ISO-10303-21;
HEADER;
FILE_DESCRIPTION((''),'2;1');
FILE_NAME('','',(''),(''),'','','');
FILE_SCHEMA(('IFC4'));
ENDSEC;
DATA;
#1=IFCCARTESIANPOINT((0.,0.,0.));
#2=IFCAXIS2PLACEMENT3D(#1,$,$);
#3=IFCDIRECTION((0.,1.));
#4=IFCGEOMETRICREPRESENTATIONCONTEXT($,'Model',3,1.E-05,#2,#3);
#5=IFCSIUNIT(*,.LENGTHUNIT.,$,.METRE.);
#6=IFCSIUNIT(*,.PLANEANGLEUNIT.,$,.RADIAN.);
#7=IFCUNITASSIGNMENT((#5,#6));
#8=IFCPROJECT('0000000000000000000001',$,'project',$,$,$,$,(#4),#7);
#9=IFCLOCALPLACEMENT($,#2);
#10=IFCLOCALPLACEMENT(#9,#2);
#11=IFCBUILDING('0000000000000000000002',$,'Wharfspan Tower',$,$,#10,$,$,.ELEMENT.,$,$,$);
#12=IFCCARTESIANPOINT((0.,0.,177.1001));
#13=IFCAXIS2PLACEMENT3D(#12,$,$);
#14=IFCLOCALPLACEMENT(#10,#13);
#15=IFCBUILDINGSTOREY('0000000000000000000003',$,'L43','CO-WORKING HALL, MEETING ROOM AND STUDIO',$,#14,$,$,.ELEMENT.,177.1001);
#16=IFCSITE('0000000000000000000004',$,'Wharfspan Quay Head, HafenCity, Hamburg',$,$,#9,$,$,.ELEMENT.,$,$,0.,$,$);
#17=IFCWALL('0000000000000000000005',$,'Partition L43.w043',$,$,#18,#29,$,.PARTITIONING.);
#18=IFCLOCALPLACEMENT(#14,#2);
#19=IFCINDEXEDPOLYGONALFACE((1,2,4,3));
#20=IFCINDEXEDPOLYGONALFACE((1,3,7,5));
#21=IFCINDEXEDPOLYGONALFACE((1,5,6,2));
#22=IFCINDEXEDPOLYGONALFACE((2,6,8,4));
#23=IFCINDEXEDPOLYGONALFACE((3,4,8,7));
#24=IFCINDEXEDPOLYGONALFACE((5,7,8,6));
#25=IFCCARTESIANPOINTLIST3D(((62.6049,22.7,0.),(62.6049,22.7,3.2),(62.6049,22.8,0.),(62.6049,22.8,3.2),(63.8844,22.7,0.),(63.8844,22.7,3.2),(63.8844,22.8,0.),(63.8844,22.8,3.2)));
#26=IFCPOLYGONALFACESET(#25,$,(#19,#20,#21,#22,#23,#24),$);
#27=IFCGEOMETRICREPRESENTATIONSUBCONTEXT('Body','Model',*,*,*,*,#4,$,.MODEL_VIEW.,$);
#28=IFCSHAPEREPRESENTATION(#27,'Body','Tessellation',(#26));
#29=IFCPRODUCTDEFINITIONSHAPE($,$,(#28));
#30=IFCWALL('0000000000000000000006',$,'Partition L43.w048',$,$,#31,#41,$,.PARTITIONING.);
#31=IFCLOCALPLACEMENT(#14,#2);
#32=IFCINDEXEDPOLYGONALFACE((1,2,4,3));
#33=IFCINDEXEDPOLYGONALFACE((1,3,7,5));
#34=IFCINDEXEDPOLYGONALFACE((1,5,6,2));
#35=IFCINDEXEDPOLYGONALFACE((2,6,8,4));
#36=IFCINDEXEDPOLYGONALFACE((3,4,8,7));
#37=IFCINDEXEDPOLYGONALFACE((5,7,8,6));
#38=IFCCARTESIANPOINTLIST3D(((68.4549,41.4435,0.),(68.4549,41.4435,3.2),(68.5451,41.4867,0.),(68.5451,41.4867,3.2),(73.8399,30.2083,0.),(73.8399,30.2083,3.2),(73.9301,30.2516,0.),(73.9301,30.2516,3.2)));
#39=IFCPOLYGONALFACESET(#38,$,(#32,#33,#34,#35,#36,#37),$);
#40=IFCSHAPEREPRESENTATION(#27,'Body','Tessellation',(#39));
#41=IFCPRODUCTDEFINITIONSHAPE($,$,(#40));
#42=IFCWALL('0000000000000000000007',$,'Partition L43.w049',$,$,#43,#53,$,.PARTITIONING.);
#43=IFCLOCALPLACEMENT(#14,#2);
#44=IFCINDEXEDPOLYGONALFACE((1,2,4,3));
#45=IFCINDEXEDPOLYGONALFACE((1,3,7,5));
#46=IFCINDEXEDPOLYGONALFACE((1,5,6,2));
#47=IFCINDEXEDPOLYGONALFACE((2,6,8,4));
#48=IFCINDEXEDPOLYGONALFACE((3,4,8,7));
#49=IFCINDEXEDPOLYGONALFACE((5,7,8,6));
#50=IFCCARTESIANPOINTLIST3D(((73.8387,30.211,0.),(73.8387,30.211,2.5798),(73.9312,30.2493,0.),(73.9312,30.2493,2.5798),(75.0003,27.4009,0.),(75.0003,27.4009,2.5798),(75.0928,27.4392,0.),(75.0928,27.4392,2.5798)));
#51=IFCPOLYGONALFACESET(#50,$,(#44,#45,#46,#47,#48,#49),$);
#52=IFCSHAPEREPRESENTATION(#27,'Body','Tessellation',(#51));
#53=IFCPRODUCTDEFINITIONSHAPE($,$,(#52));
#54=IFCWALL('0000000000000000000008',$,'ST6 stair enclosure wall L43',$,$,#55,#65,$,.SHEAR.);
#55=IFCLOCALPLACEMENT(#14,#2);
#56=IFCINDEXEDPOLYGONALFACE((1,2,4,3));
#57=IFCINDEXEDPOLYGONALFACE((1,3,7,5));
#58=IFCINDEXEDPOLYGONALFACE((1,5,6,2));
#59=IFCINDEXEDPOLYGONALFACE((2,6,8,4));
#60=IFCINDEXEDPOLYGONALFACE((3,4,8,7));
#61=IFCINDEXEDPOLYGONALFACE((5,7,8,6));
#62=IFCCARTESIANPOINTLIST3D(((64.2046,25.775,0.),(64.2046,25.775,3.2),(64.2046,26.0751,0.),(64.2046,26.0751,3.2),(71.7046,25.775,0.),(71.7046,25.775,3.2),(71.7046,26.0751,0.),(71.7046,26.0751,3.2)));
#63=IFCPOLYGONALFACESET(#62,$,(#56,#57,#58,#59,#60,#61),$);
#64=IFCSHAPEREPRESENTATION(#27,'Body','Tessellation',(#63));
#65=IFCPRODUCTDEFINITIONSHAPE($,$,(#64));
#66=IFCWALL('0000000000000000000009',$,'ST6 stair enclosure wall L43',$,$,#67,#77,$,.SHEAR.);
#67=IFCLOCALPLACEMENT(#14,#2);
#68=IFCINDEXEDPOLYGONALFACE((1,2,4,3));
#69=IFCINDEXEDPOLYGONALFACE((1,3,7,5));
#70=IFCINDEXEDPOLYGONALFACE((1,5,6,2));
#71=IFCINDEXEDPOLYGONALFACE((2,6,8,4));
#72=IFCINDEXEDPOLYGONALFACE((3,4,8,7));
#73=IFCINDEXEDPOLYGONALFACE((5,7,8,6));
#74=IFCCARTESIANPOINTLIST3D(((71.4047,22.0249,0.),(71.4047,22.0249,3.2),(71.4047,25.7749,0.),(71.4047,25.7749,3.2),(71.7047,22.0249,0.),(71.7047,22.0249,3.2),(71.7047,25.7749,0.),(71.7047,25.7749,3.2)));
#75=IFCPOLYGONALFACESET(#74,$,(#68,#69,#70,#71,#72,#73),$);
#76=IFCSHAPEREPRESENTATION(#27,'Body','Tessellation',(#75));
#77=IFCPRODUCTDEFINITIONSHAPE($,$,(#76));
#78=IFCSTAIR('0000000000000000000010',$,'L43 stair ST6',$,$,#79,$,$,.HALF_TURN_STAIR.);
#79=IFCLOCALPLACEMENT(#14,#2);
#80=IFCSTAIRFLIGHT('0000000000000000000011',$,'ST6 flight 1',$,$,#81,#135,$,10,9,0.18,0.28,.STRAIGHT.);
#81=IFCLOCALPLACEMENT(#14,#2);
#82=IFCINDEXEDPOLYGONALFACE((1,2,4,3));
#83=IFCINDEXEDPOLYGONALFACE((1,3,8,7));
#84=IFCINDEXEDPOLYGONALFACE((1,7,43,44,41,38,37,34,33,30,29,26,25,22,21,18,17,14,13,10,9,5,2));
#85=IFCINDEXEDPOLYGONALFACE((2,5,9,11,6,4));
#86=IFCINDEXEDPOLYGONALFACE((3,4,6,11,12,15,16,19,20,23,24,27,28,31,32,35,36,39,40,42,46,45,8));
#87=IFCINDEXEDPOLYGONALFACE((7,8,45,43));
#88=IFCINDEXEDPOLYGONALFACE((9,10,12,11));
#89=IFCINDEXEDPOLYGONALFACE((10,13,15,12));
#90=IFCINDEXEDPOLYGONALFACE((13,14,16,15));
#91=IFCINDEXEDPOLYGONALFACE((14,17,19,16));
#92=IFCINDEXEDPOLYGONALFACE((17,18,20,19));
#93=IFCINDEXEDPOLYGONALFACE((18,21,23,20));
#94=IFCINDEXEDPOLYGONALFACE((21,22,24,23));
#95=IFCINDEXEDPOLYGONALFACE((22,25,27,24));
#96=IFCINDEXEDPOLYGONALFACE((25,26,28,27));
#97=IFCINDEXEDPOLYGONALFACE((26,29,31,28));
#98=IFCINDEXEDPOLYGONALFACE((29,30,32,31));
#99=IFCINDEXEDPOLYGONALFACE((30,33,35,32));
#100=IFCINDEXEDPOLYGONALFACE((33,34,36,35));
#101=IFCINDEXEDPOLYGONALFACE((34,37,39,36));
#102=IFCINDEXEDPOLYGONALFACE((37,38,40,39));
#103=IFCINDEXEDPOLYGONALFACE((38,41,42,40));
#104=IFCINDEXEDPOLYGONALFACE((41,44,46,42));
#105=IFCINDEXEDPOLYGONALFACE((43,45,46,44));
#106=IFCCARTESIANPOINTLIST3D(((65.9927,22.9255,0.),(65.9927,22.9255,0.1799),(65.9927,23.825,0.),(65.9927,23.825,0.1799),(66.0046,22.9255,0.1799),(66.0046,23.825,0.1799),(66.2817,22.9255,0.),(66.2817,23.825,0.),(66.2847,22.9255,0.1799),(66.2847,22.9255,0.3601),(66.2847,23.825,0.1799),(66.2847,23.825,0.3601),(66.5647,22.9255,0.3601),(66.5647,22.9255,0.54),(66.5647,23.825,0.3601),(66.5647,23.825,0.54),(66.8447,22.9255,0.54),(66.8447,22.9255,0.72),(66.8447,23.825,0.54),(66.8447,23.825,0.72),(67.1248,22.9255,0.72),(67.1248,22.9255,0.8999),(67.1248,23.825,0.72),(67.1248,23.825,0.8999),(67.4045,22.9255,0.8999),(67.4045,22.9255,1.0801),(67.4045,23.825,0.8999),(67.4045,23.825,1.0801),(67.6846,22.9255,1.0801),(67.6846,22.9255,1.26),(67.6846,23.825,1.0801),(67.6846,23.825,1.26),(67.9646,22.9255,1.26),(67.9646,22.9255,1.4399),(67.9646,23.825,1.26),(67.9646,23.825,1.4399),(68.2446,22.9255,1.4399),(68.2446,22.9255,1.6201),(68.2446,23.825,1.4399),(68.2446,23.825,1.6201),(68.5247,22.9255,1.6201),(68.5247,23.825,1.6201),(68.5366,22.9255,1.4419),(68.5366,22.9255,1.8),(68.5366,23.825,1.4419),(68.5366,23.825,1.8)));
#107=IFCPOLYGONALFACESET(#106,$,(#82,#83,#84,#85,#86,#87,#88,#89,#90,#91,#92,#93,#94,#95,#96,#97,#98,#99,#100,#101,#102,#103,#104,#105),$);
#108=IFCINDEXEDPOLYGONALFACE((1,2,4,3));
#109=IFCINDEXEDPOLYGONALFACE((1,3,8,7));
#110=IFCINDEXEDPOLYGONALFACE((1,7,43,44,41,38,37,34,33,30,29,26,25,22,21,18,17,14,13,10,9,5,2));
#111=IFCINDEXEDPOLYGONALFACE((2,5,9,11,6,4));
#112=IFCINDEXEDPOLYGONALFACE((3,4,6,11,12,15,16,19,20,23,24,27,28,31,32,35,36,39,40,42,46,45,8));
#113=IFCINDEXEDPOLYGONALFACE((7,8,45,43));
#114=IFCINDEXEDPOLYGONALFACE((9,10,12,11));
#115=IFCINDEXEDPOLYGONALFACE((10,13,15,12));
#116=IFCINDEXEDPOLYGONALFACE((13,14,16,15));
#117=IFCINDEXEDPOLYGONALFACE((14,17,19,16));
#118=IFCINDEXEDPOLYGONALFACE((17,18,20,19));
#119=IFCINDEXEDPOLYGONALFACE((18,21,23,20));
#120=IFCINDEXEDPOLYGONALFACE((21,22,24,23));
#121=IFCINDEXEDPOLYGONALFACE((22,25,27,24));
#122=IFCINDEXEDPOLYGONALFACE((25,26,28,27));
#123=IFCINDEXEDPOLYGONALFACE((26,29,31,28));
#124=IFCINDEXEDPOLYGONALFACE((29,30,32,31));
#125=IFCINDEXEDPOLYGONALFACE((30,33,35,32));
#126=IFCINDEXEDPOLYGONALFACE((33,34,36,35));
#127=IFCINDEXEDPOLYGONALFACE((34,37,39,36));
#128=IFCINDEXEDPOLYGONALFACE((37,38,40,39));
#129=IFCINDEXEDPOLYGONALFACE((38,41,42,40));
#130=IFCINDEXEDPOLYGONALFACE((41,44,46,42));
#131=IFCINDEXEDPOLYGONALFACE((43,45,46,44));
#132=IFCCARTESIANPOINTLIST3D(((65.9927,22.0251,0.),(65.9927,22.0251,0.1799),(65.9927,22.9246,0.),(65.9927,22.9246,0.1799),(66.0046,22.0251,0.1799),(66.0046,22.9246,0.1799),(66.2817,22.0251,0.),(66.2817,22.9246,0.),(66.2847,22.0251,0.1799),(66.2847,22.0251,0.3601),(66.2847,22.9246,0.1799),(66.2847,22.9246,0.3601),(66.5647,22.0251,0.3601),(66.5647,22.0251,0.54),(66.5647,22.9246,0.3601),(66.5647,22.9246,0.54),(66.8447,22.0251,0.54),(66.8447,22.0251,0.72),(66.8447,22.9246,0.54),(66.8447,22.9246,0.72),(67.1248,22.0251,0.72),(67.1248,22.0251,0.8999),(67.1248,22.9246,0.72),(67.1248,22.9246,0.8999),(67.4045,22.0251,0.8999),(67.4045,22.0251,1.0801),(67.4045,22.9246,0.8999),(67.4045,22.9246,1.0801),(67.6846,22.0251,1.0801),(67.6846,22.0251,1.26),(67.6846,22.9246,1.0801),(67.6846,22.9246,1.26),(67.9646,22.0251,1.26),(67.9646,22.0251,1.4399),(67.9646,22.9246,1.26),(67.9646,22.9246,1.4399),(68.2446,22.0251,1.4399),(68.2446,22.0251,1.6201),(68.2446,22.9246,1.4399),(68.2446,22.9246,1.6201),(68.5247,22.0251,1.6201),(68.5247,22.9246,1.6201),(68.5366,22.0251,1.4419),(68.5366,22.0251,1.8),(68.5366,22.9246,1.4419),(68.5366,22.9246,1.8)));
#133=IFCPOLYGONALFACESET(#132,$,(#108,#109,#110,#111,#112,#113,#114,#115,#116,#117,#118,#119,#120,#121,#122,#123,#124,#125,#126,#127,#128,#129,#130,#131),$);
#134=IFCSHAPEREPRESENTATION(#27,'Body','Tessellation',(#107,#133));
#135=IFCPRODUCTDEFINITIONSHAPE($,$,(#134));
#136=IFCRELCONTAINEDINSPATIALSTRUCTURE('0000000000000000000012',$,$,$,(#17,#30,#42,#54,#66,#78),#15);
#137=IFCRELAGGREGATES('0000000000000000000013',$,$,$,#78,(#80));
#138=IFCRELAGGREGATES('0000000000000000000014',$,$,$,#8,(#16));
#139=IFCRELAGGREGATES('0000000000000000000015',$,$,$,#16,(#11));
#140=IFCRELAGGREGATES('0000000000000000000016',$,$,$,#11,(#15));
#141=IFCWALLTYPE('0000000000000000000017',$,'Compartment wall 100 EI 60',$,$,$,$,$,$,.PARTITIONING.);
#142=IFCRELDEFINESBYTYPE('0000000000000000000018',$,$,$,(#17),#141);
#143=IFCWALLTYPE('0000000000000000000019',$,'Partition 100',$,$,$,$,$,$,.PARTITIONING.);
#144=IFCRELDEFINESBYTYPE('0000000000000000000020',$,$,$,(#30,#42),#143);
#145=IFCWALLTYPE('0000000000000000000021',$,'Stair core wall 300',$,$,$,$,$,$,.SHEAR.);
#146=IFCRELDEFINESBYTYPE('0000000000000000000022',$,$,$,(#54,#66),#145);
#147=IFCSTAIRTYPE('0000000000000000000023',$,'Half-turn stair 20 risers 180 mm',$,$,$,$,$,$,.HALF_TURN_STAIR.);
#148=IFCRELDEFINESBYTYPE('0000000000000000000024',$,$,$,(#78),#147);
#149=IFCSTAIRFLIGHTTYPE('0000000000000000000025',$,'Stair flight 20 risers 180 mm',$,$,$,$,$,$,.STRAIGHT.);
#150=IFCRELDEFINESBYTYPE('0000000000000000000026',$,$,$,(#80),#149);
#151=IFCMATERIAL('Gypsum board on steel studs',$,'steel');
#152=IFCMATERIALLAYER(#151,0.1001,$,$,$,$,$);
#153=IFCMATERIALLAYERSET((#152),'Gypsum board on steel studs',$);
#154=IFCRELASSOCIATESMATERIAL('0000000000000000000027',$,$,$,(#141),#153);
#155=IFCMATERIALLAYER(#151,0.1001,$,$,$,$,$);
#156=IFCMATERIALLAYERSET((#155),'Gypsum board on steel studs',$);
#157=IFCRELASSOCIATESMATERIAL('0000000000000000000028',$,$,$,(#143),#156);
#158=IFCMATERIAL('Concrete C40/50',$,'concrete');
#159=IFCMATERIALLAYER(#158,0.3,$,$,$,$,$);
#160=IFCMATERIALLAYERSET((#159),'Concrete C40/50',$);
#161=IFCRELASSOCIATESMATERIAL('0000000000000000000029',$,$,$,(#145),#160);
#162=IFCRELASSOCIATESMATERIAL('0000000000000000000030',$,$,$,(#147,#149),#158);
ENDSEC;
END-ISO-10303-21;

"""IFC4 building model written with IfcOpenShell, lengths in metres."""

from ifc_helpers import new_model, si_unit, direction, frame, frame_2d, origin, place, context, subcontext, project, spatial, polyline, rectangle, outline, extrude, material, layer, layer_set, type_object, element, aggregate, save


model = new_model("IFC4")

# Units and contexts
model_context = context("Model", 3, precision=1e-05, world=origin(), true_north=direction((0.0, 1.0)))
body_context = subcontext(model_context, "Body", "Model", "MODEL_VIEW")
ifc_project = project(units=[si_unit("LENGTHUNIT", "METRE"), si_unit("PLANEANGLEUNIT", "RADIAN")], contexts=[model_context])

# Site, building, storey
site_placement = place(None, origin())
site = spatial("IfcSite", under=ifc_project, at=site_placement, Name="Wharfspan Quay Head, HafenCity, Hamburg", CompositionType="ELEMENT", RefElevation=0.0)
building_placement = place(site_placement, origin())
building = spatial("IfcBuilding", under=site, at=building_placement, Name="Wharfspan Tower", CompositionType="ELEMENT")
storey_placement = place(building_placement, frame((0.0, 0.0, 177.1001)))
storey = spatial("IfcBuildingStorey", under=building, at=storey_placement, Name="L43", Description="CO-WORKING HALL, MEETING ROOM AND STUDIO", CompositionType="ELEMENT", Elevation=177.1001)

# Walls
ifc_material_1 = material(Name="Gypsum board on steel studs", Category="steel")
ifc_layer_1 = layer(ifc_material_1, 0.1001)
ifc_layer_set_1 = layer_set([ifc_layer_1], Name="Gypsum board on steel studs")
wall_type_1 = type_object("IfcWallType", Name="Compartment wall 100 EI 60", PredefinedType="PARTITIONING", material=ifc_layer_set_1)
wall_1_placement = place(storey_placement, frame((62.605, 22.75, 0.0), z_axis=(0.0, 0.0, 1.0), x_axis=(1.0, 0.0, 0.0)))
element("IfcWall", 1, at=wall_1_placement, inside=storey, type_object=wall_type_1, Name="Partition L43.w043", PredefinedType="PARTITIONING", context=body_context, shape_type="SweptSolid", body=[
    extrude(rectangle(XDim=1.2795, YDim=0.1001, at=frame_2d((0.6396, 0.0))), origin(), (0.0, 0.0, 1.0), 3.2),
])
ifc_layer_2 = layer(ifc_material_1, 0.1001)
ifc_layer_set_2 = layer_set([ifc_layer_2], Name="Gypsum board on steel studs")
wall_type_2 = type_object("IfcWallType", Name="Partition 100", PredefinedType="PARTITIONING", material=ifc_layer_set_2)
wall_2_placement = place(storey_placement, frame((73.885, 30.23, 0.0), z_axis=(0.0, 0.0, 1.0), x_axis=(-0.432221, 0.901772, 0.0)))
element("IfcWall", 2, at=wall_2_placement, inside=storey, type_object=wall_type_2, Name="Partition L43.w048", PredefinedType="PARTITIONING", context=body_context, shape_type="SweptSolid", body=[
    extrude(rectangle(XDim=12.459, YDim=0.1001, at=frame_2d((6.2295, 0.0))), origin(), (0.0, 0.0, 1.0), 3.2),
])
wall_3_placement = place(storey_placement, frame((75.0466, 27.4199, 0.0), z_axis=(0.0, 0.0, 1.0), x_axis=(-0.382024, 0.924148, 0.0)))
element("IfcWall", 3, at=wall_3_placement, inside=storey, type_object=wall_type_2, Name="Partition L43.w049", PredefinedType="PARTITIONING", context=body_context, shape_type="SweptSolid", body=[
    extrude(rectangle(XDim=3.0408, YDim=0.1001, at=frame_2d((1.5205, 0.0))), origin(), (0.0, 0.0, 1.0), 2.5798),
])
ifc_material_2 = material(Name="Concrete C40/50", Category="concrete")
ifc_layer_3 = layer(ifc_material_2, 0.3)
ifc_layer_set_3 = layer_set([ifc_layer_3], Name="Concrete C40/50")
wall_type_3 = type_object("IfcWallType", Name="Stair core wall 300", PredefinedType="SHEAR", material=ifc_layer_set_3)
wall_4_placement = place(storey_placement, frame((64.2046, 25.925, 0.0), z_axis=(0.0, 0.0, 1.0), x_axis=(1.0, 0.0, 0.0)))
element("IfcWall", 4, at=wall_4_placement, inside=storey, type_object=wall_type_3, Name="ST6 stair enclosure wall L43", PredefinedType="SHEAR", context=body_context, shape_type="SweptSolid", body=[
    extrude(rectangle(XDim=7.5, YDim=0.3, at=frame_2d((3.75, 0.0))), origin(), (0.0, 0.0, 1.0), 3.2),
])
wall_5_placement = place(storey_placement, frame((71.5547, 22.0249, 0.0), z_axis=(0.0, 0.0, 1.0), x_axis=(0.0, 1.0, 0.0)))
element("IfcWall", 5, at=wall_5_placement, inside=storey, type_object=wall_type_3, Name="ST6 stair enclosure wall L43", PredefinedType="SHEAR", context=body_context, shape_type="SweptSolid", body=[
    extrude(rectangle(XDim=3.75, YDim=0.3, at=frame_2d((1.875, 0.0))), origin(), (0.0, 0.0, 1.0), 3.2),
])

# Stair, stair flight
stair_type = type_object("IfcStairType", Name="Half-turn stair 20 risers 180 mm", PredefinedType="HALF_TURN_STAIR", material=ifc_material_2)
stair_placement = place(storey_placement, origin())
stair = element("IfcStair", 6, at=stair_placement, inside=storey, type_object=stair_type, Name="L43 stair ST6", PredefinedType="HALF_TURN_STAIR")
stair_flight_type = type_object("IfcStairFlightType", Name="Stair flight 20 risers 180 mm", PredefinedType="STRAIGHT", material=ifc_material_2)
stair_flight_1_placement = place(storey_placement, frame((66.0046, 22.925, 0.0), z_axis=(0.0, 0.0, 1.0), x_axis=(1.0, 0.0, 0.0)))
stair_flight_1 = element("IfcStairFlight", 7, at=stair_flight_1_placement, type_object=stair_flight_type, Name="ST6 flight 1", NumberOfRisers=10, NumberOfTreads=9, PredefinedType="STRAIGHT", RiserHeight=0.18, TreadLength=0.28, context=body_context, shape_type="SweptSolid", body=[
    extrude(outline(polyline([(-0.012, 0.0), (-0.012, 0.1799), (0.0, 0.1799), (0.28, 0.1799), (0.28, 0.3601), (0.5601, 0.3601), (0.5601, 0.54), (0.8401, 0.54), (0.8401, 0.72), (1.1201, 0.72), (1.1201, 0.8999), (1.3999, 0.8999), (1.3999, 1.0801), (1.6799, 1.0801), (1.6799, 1.26), (1.96, 1.26), (1.96, 1.4399), (2.24, 1.4399), (2.24, 1.6201), (2.52, 1.6201), (2.532, 1.8), (2.532, 1.4419), (0.2771, 0.0), (-0.012, 0.0)])), frame((0.0, 0.8999, 0.0), z_axis=(0.0, -1.0, 0.0), x_axis=(1.0, 0.0, 0.0)), (0.0, 0.0, 1.0), 0.8994),
    extrude(outline(polyline([(-0.012, 0.0), (-0.012, 0.1799), (0.0, 0.1799), (0.28, 0.1799), (0.28, 0.3601), (0.5601, 0.3601), (0.5601, 0.54), (0.8401, 0.54), (0.8401, 0.72), (1.1201, 0.72), (1.1201, 0.8999), (1.3999, 0.8999), (1.3999, 1.0801), (1.6799, 1.0801), (1.6799, 1.26), (1.96, 1.26), (1.96, 1.4399), (2.24, 1.4399), (2.24, 1.6201), (2.52, 1.6201), (2.532, 1.8), (2.532, 1.4419), (0.2771, 0.0), (-0.012, 0.0)])), frame((0.0, -0.0005, 0.0), z_axis=(0.0, -1.0, 0.0), x_axis=(1.0, 0.0, 0.0)), (0.0, 0.0, 1.0), 0.8994),
])
aggregate(stair, [stair_flight_1])

save(model, "model.ifc")
